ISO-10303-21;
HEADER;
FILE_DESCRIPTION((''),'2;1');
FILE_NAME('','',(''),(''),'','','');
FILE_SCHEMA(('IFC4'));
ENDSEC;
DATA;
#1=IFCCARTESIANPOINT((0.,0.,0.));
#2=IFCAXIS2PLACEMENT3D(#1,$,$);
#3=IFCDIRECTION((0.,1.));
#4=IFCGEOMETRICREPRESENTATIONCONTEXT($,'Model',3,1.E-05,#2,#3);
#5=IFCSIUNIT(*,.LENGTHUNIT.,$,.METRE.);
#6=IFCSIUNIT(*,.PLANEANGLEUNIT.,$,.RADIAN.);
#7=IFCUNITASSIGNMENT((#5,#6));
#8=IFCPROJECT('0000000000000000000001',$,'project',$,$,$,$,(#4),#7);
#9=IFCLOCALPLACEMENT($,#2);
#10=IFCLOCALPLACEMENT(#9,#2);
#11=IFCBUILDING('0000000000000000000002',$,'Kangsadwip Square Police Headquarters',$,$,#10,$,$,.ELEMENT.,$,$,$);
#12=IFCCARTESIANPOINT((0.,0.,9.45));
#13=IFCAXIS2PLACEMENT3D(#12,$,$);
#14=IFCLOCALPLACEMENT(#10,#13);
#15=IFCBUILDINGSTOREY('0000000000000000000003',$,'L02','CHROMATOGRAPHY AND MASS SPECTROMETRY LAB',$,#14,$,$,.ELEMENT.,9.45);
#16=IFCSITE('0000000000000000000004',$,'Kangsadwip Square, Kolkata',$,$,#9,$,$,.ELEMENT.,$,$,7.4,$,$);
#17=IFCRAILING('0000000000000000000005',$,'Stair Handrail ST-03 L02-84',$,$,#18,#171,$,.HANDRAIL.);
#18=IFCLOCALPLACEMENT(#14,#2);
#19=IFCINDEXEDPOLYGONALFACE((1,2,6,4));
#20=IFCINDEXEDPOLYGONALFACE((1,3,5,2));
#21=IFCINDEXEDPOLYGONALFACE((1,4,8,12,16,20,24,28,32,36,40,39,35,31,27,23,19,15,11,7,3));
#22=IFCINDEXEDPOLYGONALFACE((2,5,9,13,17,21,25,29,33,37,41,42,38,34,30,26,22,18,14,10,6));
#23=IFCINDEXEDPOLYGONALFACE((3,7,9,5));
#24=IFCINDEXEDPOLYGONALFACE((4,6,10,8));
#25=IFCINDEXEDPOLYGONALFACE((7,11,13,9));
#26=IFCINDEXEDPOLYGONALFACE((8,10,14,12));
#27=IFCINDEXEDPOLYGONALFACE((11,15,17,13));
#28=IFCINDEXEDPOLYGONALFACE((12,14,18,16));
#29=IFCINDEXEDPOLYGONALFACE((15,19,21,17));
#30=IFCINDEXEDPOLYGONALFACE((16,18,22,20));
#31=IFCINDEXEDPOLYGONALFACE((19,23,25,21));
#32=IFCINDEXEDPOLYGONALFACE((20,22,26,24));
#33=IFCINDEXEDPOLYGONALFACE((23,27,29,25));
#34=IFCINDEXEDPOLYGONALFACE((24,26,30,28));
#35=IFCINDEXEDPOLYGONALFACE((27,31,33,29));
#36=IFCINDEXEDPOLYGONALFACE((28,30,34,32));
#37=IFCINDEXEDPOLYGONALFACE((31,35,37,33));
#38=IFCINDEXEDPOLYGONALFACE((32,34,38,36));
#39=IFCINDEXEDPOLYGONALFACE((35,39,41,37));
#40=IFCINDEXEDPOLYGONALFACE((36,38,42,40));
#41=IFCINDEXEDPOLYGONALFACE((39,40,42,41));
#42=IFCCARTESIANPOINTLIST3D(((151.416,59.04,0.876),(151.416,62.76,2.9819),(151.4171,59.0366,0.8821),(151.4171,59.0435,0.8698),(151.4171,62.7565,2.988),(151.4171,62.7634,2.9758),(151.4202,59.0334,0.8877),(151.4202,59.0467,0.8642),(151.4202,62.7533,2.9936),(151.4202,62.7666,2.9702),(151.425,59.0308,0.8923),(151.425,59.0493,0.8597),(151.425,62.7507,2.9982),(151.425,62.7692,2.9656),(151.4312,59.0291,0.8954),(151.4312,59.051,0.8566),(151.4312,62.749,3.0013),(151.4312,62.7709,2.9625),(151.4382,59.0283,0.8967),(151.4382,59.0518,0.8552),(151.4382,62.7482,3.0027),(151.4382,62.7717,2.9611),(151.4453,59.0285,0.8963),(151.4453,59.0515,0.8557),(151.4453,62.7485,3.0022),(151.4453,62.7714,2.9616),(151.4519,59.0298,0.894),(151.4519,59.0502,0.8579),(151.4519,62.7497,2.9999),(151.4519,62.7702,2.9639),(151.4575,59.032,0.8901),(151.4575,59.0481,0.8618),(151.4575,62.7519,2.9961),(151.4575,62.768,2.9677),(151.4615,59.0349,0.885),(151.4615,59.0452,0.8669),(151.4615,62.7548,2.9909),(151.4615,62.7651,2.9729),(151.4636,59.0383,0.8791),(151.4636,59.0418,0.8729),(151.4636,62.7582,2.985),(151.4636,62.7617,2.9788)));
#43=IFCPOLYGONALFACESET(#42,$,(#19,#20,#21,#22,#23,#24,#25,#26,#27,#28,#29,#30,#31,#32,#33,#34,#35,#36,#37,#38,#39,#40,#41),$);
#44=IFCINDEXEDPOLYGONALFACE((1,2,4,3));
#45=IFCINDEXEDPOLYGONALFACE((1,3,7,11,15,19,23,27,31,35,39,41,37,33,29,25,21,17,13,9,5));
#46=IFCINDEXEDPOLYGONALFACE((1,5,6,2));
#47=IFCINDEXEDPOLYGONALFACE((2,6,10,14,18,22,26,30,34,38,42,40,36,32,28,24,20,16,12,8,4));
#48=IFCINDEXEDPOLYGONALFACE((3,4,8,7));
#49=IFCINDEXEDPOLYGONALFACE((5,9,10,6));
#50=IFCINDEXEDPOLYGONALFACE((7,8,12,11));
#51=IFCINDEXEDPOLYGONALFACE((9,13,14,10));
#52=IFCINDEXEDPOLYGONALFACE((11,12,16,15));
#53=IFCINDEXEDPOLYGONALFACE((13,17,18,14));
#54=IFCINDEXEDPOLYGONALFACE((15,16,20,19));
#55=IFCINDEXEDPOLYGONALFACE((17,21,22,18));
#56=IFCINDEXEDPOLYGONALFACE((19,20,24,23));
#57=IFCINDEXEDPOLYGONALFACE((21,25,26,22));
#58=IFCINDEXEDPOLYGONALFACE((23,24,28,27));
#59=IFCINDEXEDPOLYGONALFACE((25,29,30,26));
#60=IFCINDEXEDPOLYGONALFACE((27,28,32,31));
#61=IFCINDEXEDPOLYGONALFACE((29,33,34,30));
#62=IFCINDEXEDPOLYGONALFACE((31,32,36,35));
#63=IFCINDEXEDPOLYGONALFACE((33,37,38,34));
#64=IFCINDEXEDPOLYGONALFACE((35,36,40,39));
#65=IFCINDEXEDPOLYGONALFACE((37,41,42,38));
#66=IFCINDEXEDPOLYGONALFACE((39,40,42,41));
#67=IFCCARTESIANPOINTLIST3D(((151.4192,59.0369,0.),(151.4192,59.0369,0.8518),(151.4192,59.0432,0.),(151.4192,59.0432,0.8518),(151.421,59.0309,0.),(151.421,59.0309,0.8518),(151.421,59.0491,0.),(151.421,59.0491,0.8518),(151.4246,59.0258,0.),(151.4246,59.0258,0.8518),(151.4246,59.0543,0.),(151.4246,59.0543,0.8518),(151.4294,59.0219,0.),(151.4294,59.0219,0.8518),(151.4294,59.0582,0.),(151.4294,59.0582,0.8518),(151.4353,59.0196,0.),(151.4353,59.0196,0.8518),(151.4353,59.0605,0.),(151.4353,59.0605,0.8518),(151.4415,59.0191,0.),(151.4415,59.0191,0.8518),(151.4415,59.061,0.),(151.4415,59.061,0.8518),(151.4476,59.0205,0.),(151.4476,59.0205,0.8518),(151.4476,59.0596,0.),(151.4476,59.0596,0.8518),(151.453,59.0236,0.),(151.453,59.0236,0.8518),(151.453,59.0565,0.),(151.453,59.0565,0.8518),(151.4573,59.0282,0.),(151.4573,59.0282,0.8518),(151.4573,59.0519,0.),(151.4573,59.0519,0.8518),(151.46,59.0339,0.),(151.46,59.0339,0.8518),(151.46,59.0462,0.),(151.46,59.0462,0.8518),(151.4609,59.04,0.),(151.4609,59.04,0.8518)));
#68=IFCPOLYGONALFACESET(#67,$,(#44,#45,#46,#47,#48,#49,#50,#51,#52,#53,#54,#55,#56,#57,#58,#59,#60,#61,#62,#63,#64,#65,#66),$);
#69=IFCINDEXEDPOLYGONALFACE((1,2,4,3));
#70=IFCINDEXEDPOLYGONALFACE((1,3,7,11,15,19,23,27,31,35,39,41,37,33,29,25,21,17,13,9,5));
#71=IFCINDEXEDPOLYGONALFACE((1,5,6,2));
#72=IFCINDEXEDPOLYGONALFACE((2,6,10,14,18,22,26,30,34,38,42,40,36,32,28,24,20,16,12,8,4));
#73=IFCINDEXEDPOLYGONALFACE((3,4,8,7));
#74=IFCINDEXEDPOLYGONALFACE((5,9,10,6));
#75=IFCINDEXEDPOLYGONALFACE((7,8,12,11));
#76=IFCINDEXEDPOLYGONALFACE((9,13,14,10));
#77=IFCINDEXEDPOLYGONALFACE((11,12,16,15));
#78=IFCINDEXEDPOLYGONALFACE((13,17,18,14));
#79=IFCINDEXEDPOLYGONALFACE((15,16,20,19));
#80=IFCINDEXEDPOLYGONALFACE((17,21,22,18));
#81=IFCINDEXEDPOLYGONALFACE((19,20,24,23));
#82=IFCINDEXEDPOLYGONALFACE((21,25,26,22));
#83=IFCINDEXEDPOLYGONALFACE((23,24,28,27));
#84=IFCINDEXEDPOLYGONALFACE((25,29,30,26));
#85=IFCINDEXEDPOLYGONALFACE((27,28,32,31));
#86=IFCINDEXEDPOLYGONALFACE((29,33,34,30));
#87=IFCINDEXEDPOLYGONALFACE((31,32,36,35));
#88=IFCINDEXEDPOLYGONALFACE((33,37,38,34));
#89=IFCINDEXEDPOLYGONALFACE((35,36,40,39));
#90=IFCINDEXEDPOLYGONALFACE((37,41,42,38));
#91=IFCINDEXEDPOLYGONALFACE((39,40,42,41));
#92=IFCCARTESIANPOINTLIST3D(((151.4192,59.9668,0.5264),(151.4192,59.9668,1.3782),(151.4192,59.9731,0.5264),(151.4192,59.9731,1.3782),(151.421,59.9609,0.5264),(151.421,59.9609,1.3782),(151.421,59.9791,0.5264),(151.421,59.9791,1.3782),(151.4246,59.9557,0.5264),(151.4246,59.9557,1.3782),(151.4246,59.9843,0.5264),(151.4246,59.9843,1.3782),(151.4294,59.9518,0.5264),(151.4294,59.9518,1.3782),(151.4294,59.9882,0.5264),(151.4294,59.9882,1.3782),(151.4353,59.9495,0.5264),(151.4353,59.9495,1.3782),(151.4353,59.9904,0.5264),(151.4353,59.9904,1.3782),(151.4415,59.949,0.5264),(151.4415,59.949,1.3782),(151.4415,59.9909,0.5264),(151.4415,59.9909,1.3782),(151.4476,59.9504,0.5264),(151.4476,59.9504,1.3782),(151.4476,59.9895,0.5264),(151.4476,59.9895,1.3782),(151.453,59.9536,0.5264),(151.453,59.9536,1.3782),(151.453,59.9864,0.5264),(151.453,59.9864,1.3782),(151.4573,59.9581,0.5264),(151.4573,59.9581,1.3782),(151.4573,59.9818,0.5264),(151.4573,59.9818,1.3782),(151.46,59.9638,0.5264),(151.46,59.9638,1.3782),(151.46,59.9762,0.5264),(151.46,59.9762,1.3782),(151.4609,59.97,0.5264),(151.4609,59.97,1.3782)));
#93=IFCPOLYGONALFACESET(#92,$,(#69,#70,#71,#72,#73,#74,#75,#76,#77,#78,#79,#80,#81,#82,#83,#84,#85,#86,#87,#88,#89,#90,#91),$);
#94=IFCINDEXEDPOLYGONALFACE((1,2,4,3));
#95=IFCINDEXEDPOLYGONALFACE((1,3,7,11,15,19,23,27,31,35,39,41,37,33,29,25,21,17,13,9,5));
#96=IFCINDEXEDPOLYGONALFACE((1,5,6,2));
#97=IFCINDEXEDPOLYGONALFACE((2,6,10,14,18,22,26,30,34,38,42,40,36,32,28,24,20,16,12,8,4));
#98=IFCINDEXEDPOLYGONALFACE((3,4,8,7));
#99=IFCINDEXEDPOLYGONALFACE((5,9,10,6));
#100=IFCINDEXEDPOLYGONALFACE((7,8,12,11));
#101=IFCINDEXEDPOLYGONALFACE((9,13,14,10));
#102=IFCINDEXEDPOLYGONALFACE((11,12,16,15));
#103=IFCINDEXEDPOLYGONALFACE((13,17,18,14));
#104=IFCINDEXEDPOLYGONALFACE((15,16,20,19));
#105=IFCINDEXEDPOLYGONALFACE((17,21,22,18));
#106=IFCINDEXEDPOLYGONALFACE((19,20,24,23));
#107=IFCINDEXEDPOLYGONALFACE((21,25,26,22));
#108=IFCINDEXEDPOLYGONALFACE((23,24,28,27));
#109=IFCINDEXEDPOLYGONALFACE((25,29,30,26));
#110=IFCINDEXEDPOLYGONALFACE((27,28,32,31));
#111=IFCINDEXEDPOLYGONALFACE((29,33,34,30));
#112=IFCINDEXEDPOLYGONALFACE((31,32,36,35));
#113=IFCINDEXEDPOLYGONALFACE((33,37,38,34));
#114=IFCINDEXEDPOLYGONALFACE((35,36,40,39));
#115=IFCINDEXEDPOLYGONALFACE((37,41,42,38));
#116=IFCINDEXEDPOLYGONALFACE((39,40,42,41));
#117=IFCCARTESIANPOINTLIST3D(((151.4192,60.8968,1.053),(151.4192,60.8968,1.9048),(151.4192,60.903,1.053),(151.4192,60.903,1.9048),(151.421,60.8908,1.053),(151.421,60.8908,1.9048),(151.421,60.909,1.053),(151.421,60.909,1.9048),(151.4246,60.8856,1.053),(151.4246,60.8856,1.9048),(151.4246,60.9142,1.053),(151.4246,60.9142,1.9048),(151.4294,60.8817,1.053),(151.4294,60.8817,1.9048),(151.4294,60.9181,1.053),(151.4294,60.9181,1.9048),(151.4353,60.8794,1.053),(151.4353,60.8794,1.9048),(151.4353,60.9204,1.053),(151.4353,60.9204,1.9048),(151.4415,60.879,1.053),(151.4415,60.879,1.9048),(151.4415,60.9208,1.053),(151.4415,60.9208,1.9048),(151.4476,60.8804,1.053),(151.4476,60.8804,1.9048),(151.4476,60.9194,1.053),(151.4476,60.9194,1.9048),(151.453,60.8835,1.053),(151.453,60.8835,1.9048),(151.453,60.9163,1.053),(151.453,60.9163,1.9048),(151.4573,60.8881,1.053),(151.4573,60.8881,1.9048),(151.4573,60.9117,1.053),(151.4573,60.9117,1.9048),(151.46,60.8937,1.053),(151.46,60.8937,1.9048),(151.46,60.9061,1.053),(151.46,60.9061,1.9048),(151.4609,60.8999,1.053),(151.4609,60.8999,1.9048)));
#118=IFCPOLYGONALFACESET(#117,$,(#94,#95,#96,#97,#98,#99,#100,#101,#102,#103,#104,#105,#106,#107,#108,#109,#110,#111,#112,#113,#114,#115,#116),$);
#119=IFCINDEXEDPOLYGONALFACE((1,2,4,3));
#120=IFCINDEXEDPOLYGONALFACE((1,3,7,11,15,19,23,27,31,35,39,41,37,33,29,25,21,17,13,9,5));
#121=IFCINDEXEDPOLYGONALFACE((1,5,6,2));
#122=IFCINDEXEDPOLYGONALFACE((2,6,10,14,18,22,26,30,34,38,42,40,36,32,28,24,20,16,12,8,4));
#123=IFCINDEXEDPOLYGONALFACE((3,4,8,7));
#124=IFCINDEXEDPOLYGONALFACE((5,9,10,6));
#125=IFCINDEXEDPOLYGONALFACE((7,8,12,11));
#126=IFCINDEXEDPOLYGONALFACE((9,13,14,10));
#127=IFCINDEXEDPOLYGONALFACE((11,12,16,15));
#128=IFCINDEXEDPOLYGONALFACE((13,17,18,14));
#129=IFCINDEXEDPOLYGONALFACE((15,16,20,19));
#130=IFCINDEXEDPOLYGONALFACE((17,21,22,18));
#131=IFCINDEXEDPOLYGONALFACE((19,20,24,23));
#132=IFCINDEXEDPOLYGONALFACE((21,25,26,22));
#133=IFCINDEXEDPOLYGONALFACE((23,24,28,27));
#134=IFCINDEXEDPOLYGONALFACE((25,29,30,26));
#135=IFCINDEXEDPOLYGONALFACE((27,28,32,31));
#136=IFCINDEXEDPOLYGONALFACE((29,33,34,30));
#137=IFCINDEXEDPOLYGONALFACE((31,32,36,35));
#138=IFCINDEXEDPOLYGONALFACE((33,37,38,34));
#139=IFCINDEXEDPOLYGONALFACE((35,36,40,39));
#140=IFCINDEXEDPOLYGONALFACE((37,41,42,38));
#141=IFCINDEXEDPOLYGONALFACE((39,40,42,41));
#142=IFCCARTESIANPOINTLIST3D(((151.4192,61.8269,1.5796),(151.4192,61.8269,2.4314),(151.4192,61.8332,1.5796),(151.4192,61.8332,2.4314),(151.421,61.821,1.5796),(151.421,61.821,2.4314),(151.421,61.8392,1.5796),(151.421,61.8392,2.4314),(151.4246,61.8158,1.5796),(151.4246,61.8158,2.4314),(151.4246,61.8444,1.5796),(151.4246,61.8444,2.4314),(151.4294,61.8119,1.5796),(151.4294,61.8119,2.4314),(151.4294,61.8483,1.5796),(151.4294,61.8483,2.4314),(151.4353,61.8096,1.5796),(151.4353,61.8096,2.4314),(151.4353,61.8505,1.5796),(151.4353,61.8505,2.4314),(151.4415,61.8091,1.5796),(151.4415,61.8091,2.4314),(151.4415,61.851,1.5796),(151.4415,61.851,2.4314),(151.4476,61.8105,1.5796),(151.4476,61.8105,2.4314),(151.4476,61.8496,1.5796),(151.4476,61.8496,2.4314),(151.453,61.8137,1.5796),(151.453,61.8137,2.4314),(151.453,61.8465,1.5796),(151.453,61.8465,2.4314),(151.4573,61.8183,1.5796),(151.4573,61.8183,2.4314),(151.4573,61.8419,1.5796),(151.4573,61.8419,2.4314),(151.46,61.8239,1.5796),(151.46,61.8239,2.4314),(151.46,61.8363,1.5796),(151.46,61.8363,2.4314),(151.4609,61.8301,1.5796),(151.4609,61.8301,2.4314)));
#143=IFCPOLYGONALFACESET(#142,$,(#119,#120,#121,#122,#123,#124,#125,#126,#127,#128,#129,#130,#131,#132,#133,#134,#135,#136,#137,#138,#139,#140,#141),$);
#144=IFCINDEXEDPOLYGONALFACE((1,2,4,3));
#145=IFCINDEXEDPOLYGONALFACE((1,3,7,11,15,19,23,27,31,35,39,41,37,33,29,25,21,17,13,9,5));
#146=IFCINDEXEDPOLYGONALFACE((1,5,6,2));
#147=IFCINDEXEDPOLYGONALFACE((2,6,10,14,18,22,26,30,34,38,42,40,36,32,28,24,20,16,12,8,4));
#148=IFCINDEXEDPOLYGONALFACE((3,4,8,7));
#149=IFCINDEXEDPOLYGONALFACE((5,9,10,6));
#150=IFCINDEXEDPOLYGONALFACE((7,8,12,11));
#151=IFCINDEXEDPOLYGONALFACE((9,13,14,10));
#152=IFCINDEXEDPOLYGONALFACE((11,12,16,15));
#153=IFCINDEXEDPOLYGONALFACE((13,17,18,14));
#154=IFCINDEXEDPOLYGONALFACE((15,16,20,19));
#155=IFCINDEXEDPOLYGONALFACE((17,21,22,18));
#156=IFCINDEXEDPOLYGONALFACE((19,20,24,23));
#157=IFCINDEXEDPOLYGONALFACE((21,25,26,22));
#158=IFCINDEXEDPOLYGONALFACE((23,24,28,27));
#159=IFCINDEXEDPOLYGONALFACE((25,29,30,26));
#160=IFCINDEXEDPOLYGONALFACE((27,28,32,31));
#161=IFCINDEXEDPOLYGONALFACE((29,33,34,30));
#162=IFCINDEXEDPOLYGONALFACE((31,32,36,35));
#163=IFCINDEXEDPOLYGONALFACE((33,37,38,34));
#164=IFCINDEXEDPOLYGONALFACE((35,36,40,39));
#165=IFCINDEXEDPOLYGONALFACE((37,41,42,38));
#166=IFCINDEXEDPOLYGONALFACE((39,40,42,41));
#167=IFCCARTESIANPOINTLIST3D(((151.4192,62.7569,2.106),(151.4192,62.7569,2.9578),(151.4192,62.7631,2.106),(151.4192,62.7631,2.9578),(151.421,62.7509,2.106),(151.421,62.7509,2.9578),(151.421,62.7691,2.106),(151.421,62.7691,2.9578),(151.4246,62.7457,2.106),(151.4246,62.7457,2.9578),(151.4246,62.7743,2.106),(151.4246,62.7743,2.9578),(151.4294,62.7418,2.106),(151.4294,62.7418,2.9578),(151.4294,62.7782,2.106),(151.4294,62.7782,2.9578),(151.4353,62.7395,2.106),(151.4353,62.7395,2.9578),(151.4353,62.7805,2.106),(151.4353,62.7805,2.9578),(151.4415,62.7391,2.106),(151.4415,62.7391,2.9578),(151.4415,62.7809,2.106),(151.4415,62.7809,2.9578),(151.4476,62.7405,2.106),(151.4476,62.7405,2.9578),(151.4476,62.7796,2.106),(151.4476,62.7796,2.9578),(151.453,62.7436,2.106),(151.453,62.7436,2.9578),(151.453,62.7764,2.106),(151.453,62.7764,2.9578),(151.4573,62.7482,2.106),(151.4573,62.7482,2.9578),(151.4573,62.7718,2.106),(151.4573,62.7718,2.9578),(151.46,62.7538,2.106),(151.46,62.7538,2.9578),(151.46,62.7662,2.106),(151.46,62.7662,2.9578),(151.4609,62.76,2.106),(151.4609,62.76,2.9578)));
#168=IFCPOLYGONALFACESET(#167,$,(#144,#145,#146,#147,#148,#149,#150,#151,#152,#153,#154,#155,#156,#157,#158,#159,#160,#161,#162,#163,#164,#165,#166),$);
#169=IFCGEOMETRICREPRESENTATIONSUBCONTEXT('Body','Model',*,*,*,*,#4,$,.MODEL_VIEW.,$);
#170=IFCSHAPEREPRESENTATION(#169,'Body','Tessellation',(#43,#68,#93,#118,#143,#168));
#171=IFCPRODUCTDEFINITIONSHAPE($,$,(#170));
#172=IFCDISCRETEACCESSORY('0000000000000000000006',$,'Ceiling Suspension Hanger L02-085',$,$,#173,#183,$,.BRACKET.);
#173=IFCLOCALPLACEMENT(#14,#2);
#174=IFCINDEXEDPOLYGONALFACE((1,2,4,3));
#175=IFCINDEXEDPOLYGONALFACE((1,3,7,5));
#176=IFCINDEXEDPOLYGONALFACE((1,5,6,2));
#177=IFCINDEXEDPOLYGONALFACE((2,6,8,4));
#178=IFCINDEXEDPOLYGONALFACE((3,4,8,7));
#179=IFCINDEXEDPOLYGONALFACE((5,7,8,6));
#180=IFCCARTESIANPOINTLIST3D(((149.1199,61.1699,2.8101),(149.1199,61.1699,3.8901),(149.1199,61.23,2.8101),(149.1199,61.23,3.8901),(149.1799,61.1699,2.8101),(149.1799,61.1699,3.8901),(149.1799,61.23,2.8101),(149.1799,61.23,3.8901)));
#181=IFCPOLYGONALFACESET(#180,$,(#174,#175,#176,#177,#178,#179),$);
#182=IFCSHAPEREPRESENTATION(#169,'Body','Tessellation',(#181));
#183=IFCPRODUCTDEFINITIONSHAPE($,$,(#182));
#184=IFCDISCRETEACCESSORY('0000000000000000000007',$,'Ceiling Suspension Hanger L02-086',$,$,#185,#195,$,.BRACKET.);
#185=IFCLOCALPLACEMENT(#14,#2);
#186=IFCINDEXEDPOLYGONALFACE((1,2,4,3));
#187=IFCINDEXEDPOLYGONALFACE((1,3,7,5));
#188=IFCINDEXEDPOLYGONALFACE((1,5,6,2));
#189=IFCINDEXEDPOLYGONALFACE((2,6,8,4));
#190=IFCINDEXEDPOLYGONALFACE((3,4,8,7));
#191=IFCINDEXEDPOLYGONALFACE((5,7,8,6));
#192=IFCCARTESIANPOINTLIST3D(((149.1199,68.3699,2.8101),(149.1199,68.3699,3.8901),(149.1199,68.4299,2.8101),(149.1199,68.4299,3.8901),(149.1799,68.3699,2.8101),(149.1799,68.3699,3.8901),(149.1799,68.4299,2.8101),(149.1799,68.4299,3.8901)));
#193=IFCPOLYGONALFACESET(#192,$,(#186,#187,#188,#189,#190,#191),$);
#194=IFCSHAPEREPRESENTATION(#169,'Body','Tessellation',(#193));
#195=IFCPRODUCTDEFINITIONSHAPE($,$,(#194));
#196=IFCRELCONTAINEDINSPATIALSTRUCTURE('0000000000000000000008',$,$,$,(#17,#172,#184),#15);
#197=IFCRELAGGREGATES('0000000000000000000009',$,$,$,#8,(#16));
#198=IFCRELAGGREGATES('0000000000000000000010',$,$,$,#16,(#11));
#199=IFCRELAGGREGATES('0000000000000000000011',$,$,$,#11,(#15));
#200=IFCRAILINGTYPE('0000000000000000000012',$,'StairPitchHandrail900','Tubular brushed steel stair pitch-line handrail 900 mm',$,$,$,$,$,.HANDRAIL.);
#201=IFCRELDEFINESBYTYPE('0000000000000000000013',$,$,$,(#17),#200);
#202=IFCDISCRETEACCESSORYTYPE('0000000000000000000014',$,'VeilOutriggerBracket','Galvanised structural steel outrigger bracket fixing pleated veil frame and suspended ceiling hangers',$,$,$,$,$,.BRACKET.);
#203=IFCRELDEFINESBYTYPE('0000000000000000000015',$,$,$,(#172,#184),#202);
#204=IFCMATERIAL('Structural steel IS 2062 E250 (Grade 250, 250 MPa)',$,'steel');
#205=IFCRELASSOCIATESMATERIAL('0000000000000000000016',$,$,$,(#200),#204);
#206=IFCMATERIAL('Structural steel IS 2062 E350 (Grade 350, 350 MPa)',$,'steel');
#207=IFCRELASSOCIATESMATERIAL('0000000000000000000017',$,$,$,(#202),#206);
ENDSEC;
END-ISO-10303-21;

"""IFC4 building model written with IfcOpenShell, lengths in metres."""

from ifc_helpers import new_model, si_unit, direction, frame, origin, origin_2d, place, context, subcontext, project, spatial, rectangle, circle, extrude, material, type_object, element, save


model = new_model("IFC4")

# Units and contexts
model_context = context("Model", 3, precision=1e-05, world=origin(), true_north=direction((0.0, 1.0)))
body_context = subcontext(model_context, "Body", "Model", "MODEL_VIEW")
ifc_project = project(units=[si_unit("LENGTHUNIT", "METRE"), si_unit("PLANEANGLEUNIT", "RADIAN")], contexts=[model_context])

# Site, building, storey
site_placement = place(None, origin())
site = spatial("IfcSite", under=ifc_project, at=site_placement, Name="Kangsadwip Square, Kolkata", CompositionType="ELEMENT", RefElevation=7.4)
building_placement = place(site_placement, origin())
building = spatial("IfcBuilding", under=site, at=building_placement, Name="Kangsadwip Square Police Headquarters", CompositionType="ELEMENT")
storey_placement = place(building_placement, frame((0.0, 0.0, 9.45)))
storey = spatial("IfcBuildingStorey", under=building, at=storey_placement, Name="L02", Description="CHROMATOGRAPHY AND MASS SPECTROMETRY LAB", CompositionType="ELEMENT", Elevation=9.45)

# Railing
ifc_material_1 = material(Name="Structural steel IS 2062 E250 (Grade 250, 250 MPa)", Category="steel")
railing_type_1 = type_object("IfcRailingType", Name="StairPitchHandrail900", Description="Tubular brushed steel stair pitch-line handrail 900 mm", PredefinedType="HANDRAIL", material=ifc_material_1)
railing_placement = place(storey_placement, frame((151.4399, 59.04, 0.0)))
element("IfcRailing", 1, at=railing_placement, inside=storey, type_object=railing_type_1, Name="Stair Handrail ST-03 L02-84", PredefinedType="HANDRAIL", context=body_context, shape_type="SweptSolid", body=[
    extrude(circle(Radius=0.0239, at=origin_2d()), frame((0.0, 0.0, 0.876), z_axis=(0.0, 0.870225, 0.492654), x_axis=(-1.0, 0.0, 0.0)), (0.0, 0.0, 1.0), 4.2747),
    extrude(circle(Radius=0.021, at=origin_2d()), origin(), (0.0, 0.0, 1.0), 0.8518),
    extrude(circle(Radius=0.021, at=origin_2d()), frame((0.0, 0.9299, 0.5264)), (0.0, 0.0, 1.0), 0.8518),
    extrude(circle(Radius=0.021, at=origin_2d()), frame((0.0, 1.8599, 1.053)), (0.0, 0.0, 1.0), 0.8518),
    extrude(circle(Radius=0.021, at=origin_2d()), frame((0.0, 2.79, 1.5796)), (0.0, 0.0, 1.0), 0.8518),
    extrude(circle(Radius=0.021, at=origin_2d()), frame((0.0, 3.72, 2.106)), (0.0, 0.0, 1.0), 0.8518),
])

# Discrete accessories
ifc_material_2 = material(Name="Structural steel IS 2062 E350 (Grade 350, 350 MPa)", Category="steel")
discrete_accessory_type = type_object("IfcDiscreteAccessoryType", Name="VeilOutriggerBracket", Description="Galvanised structural steel outrigger bracket fixing pleated veil frame and suspended ceiling hangers", PredefinedType="BRACKET", material=ifc_material_2)
for number, where, z_axis, x_axis, name in (
    (2, (149.1499, 61.2, 2.8101), (0.0, 0.0, 1.0), (1.0, 0.0, 0.0), "Ceiling Suspension Hanger L02-085"),
    (3, (149.1499, 68.3999, 2.8101), (0.0, 0.0, 1.0), (1.0, 0.0, 0.0), "Ceiling Suspension Hanger L02-086"),
):
    element("IfcDiscreteAccessory", number, at=place(storey_placement, frame(where, z_axis=z_axis, x_axis=x_axis)), inside=storey, type_object=discrete_accessory_type, Name=name, PredefinedType="BRACKET", context=body_context, shape_type="SweptSolid", body=[
        extrude(rectangle(XDim=0.0601, YDim=0.0601, at=origin_2d()), origin(), (0.0, 0.0, 1.0), 1.0801),
    ])

save(model, "model.ifc")
